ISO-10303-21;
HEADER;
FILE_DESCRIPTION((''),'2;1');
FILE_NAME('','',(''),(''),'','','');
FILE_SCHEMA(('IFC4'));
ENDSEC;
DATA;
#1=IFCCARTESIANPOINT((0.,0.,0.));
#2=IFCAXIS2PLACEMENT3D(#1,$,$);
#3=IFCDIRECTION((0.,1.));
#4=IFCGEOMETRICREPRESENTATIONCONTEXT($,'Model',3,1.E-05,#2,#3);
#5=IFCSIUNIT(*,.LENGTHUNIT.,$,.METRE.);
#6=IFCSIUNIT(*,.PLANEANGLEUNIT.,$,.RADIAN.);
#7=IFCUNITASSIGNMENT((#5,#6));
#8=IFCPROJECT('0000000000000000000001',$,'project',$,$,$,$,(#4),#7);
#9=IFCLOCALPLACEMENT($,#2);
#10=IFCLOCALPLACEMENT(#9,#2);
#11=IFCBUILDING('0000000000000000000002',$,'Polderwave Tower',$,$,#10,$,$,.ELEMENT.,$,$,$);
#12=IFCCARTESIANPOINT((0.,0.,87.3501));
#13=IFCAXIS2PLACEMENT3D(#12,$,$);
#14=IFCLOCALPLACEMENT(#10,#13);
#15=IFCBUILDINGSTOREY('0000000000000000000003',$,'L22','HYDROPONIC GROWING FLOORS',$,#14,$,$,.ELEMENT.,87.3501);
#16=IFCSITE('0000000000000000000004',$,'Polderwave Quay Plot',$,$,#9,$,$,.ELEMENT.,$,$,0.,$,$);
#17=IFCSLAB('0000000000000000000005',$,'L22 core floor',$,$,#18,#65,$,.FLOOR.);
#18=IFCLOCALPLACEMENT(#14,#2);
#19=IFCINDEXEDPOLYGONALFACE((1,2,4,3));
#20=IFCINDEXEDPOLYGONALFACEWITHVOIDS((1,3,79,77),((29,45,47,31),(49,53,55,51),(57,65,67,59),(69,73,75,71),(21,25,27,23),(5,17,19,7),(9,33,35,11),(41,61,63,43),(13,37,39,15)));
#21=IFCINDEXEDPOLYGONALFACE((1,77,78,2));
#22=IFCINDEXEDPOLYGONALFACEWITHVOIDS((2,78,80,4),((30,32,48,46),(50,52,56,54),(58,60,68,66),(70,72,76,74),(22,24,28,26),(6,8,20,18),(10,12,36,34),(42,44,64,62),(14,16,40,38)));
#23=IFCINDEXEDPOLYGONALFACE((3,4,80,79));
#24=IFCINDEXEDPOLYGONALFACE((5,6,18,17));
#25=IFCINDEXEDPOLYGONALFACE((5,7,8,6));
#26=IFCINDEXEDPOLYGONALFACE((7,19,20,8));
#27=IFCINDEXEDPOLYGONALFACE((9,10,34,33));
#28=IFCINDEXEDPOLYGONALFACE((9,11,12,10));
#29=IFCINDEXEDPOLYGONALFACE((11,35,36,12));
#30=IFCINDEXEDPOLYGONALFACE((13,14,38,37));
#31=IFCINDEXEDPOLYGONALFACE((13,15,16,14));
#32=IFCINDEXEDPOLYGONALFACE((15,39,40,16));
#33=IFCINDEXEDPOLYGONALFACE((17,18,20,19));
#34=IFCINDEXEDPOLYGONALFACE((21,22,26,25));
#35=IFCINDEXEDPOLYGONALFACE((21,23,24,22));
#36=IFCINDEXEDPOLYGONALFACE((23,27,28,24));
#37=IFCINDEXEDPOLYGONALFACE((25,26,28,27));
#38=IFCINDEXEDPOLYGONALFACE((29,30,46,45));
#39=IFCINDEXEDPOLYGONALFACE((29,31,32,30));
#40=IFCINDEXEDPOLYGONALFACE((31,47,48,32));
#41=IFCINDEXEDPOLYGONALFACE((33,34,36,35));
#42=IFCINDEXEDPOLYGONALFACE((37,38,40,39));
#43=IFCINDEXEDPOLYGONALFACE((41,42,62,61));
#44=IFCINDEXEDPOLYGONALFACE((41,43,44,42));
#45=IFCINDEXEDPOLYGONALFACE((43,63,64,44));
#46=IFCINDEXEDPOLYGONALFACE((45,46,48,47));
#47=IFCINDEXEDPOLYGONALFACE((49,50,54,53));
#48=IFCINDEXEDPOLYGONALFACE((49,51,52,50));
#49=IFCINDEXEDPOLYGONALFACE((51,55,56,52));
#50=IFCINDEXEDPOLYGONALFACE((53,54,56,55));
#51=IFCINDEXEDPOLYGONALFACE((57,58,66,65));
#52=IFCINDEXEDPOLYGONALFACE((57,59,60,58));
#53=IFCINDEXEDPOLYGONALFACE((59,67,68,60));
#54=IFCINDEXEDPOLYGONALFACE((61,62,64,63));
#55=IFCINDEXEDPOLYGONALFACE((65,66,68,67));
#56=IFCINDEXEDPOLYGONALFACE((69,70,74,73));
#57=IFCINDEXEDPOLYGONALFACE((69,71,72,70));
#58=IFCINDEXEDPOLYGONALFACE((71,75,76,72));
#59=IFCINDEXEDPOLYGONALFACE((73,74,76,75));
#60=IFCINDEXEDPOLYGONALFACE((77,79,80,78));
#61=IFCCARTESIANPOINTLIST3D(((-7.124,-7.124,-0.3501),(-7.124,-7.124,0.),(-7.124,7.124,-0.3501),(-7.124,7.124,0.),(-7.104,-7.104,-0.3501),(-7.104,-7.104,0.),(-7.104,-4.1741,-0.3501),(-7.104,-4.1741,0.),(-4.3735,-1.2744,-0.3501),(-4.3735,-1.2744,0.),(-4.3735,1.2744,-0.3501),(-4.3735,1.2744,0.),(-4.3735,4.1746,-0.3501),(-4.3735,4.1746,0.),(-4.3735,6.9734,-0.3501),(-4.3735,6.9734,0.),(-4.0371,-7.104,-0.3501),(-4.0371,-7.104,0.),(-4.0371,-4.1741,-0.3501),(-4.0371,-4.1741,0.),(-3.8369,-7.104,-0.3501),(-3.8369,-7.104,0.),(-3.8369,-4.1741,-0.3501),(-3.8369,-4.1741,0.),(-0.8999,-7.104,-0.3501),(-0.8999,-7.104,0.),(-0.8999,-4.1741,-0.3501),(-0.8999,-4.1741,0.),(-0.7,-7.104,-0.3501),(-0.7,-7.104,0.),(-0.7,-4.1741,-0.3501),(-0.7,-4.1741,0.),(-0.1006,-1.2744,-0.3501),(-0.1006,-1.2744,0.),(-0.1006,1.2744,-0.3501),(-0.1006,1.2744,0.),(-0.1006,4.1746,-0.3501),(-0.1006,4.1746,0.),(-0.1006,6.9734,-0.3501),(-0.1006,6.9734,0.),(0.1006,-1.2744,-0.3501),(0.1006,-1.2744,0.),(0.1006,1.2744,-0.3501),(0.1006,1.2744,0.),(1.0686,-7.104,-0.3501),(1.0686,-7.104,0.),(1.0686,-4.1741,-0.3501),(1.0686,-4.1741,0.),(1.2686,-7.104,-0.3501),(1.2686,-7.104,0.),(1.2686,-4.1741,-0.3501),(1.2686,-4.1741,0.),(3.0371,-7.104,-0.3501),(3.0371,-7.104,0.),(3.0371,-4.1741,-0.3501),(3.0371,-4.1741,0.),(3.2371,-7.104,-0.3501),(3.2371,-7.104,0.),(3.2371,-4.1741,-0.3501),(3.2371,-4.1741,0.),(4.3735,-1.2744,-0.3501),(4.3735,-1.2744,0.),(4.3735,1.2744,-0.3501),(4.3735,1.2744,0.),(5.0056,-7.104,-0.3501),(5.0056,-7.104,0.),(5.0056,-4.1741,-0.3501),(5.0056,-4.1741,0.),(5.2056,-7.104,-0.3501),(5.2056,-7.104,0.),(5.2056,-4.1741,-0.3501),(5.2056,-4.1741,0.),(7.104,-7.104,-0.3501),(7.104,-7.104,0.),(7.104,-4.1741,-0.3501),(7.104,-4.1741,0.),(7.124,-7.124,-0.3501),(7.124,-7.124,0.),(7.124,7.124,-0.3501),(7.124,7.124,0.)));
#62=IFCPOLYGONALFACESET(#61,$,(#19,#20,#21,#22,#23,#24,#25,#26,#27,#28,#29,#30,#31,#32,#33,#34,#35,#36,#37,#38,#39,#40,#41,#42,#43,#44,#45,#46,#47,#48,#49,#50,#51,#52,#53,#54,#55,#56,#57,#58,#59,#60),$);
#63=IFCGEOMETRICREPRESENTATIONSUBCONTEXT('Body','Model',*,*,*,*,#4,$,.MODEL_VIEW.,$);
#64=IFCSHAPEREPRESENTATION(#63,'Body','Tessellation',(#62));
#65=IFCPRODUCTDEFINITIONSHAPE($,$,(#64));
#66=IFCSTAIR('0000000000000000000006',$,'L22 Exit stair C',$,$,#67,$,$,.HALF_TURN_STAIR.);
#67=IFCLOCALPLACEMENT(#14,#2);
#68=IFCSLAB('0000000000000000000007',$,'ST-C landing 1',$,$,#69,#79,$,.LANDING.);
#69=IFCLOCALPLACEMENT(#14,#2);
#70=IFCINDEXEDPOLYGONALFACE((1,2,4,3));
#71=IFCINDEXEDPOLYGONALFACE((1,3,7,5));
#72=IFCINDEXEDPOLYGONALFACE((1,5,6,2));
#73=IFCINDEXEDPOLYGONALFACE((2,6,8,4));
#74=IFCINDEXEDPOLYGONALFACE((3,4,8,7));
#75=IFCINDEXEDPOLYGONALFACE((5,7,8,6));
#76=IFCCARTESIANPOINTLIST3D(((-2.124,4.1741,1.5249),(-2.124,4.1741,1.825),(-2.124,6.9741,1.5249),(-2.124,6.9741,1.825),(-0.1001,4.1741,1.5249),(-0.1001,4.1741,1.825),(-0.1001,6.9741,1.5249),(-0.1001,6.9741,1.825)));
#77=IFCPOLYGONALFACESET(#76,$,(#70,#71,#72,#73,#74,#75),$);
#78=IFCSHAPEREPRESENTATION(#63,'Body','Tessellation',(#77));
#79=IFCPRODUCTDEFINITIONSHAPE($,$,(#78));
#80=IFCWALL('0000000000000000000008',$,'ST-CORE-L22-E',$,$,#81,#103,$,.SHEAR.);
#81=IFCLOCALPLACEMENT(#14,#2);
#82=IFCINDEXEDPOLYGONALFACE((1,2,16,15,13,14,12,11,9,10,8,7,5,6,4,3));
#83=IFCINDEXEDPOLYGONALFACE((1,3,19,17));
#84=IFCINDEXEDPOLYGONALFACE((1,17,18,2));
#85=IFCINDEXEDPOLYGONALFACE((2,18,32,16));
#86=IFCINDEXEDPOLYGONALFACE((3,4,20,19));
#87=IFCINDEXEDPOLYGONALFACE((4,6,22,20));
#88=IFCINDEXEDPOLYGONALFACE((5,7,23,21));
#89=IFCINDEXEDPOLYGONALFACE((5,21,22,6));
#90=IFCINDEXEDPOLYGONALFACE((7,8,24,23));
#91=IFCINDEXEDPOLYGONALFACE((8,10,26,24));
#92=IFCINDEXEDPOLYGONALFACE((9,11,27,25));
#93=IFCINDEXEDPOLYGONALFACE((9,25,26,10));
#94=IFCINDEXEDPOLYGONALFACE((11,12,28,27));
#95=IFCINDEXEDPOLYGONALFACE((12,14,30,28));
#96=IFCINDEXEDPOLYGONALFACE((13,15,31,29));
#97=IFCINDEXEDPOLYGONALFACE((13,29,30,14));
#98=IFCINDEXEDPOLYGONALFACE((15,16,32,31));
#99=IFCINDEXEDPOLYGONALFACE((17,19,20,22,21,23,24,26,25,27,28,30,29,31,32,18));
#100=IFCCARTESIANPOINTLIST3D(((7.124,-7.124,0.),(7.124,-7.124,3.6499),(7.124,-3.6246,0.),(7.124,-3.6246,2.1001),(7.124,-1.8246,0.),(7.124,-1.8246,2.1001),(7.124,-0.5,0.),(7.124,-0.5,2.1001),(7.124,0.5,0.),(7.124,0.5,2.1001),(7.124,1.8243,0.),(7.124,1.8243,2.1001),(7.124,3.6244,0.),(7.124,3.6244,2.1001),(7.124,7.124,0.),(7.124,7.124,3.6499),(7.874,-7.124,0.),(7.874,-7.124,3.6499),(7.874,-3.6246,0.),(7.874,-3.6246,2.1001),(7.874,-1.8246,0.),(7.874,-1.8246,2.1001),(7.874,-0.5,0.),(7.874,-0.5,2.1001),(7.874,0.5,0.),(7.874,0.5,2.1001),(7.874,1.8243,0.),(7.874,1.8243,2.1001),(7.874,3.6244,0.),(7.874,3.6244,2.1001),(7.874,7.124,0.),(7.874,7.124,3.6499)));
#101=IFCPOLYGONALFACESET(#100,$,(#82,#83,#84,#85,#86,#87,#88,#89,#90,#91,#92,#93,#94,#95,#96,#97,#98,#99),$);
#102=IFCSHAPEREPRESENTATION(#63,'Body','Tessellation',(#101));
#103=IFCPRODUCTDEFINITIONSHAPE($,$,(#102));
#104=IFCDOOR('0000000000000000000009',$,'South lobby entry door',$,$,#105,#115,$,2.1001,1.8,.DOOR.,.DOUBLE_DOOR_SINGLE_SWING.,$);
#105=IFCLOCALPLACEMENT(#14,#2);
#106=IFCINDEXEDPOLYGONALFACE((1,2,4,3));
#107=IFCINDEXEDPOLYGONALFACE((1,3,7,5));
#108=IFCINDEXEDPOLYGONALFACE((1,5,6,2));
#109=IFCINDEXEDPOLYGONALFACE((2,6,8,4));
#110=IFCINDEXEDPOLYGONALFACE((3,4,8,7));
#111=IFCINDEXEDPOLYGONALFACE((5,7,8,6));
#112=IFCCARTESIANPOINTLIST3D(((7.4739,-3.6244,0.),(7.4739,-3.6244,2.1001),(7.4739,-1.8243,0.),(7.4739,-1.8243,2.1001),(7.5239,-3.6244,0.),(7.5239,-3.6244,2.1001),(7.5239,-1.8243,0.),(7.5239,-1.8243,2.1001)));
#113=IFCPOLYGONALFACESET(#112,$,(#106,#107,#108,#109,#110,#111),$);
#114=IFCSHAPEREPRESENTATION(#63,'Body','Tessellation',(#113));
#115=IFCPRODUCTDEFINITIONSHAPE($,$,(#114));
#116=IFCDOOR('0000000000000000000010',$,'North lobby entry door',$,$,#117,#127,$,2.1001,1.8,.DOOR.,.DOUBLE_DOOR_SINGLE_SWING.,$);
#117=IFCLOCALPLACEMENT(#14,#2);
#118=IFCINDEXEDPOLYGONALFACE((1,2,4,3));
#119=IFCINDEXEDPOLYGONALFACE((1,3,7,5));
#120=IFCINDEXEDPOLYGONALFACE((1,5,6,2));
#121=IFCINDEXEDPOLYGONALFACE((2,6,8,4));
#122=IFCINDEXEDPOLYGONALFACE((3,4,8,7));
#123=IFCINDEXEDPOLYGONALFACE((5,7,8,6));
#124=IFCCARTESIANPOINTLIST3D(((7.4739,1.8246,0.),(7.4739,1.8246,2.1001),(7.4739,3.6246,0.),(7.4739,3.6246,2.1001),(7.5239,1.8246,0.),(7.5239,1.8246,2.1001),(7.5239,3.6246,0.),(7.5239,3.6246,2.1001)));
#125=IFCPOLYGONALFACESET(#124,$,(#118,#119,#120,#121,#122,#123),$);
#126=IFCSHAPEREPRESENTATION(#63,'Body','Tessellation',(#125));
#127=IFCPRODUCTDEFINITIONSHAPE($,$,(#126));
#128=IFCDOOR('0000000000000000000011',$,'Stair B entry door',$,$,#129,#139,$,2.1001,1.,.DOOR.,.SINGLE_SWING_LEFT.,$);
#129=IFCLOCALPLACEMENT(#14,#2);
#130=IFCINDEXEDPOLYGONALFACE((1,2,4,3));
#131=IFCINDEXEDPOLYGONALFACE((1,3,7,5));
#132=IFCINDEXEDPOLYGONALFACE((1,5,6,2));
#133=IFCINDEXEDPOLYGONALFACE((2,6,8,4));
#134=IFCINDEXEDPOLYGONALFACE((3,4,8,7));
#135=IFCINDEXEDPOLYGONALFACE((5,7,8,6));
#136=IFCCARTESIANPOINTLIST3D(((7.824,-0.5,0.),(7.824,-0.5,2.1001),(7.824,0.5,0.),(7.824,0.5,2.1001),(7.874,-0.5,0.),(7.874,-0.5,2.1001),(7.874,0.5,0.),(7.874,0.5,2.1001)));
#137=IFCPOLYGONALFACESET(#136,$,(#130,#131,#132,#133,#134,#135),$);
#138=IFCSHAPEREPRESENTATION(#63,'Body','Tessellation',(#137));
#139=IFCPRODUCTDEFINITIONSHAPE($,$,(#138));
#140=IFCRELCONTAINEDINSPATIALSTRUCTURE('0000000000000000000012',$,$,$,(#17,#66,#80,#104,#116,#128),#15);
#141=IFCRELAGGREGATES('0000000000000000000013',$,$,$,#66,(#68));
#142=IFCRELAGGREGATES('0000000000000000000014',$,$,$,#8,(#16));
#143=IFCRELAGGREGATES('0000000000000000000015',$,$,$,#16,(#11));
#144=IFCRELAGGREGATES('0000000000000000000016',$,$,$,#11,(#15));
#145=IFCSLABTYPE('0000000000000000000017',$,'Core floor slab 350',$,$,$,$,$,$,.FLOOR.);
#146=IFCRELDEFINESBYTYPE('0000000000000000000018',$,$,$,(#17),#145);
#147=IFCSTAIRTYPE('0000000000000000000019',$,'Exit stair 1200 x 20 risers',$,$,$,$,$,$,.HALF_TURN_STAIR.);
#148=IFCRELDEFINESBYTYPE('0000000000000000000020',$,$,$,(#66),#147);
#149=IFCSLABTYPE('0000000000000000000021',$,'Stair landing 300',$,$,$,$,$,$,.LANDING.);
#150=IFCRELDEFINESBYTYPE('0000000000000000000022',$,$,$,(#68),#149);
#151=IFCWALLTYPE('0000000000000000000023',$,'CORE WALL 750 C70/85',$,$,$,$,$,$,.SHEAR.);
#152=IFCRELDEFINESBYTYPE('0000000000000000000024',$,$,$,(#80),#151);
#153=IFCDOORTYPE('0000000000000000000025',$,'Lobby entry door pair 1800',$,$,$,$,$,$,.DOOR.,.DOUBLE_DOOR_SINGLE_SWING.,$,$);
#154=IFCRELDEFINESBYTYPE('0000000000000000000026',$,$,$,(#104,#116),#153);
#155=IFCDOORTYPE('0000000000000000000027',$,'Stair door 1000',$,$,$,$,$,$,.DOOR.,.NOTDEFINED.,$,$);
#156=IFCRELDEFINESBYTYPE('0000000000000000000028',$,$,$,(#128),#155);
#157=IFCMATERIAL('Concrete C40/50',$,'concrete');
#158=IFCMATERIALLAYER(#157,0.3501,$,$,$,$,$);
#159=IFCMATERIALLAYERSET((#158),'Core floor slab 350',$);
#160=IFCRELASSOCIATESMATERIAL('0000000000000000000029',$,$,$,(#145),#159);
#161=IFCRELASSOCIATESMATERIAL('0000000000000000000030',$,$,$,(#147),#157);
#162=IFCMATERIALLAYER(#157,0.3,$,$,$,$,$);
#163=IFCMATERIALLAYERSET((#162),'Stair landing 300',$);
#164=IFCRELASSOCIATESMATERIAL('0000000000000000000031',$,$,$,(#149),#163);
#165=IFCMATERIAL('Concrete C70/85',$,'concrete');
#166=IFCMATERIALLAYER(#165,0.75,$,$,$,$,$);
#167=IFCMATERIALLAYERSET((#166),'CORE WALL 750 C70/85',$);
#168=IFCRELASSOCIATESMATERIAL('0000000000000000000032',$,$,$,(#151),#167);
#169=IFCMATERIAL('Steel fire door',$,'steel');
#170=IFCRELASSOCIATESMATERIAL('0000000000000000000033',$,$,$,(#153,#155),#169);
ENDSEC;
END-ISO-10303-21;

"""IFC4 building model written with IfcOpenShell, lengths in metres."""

from ifc_helpers import new_model, si_unit, direction, frame, frame_2d, origin, place, context, subcontext, project, spatial, polyline, rectangle, outline, extrude, material, layer, layer_set, type_object, element, fill, aggregate, save


model = new_model("IFC4")

# Units and contexts
model_context = context("Model", 3, precision=1e-05, world=origin(), true_north=direction((0.0, 1.0)))
body_context = subcontext(model_context, "Body", "Model", "MODEL_VIEW")
ifc_project = project(units=[si_unit("LENGTHUNIT", "METRE"), si_unit("PLANEANGLEUNIT", "RADIAN")], contexts=[model_context])

# Site, building, storey
site_placement = place(None, origin())
site = spatial("IfcSite", under=ifc_project, at=site_placement, Name="Polderwave Quay Plot", CompositionType="ELEMENT", RefElevation=0.0)
building_placement = place(site_placement, origin())
building = spatial("IfcBuilding", under=site, at=building_placement, Name="Polderwave Tower", CompositionType="ELEMENT")
storey_placement = place(building_placement, frame((0.0, 0.0, 87.3501)))
storey = spatial("IfcBuildingStorey", under=building, at=storey_placement, Name="L22", Description="HYDROPONIC GROWING FLOORS", CompositionType="ELEMENT", Elevation=87.3501)

# Slab
ifc_material_1 = material(Name="Concrete C40/50", Category="concrete")
ifc_layer_1 = layer(ifc_material_1, 0.3501)
ifc_layer_set_1 = layer_set([ifc_layer_1], Name="Core floor slab 350")
slab_type_1 = type_object("IfcSlabType", Name="Core floor slab 350", PredefinedType="FLOOR", material=ifc_layer_set_1)
slab_1_placement = place(storey_placement, frame((0.0, 0.0, -0.3501)))
element("IfcSlab", 1, at=slab_1_placement, inside=storey, type_object=slab_type_1, Name="L22 core floor", PredefinedType="FLOOR", context=body_context, shape_type="SweptSolid", body=[
    extrude(outline(polyline([(-7.124, -7.124), (7.124, -7.124), (7.124, 7.124), (-7.124, 7.124), (-7.124, -7.124)]), holes=[polyline([(-7.104, -7.104), (-4.0371, -7.104), (-4.0371, -4.1741), (-7.104, -4.1741), (-7.104, -7.104)]), polyline([(-3.8369, -7.104), (-0.8999, -7.104), (-0.8999, -4.1741), (-3.8369, -4.1741), (-3.8369, -7.104)]), polyline([(-0.7, -7.104), (1.0686, -7.104), (1.0686, -4.1741), (-0.7, -4.1741), (-0.7, -7.104)]), polyline([(1.2686, -7.104), (3.0371, -7.104), (3.0371, -4.1741), (1.2686, -4.1741), (1.2686, -7.104)]), polyline([(3.2371, -7.104), (5.0056, -7.104), (5.0056, -4.1741), (3.2371, -4.1741), (3.2371, -7.104)]), polyline([(5.2056, -7.104), (7.104, -7.104), (7.104, -4.1741), (5.2056, -4.1741), (5.2056, -7.104)]), polyline([(-4.3735, -1.2744), (-0.1006, -1.2744), (-0.1006, 1.2744), (-4.3735, 1.2744), (-4.3735, -1.2744)]), polyline([(0.1006, -1.2744), (4.3735, -1.2744), (4.3735, 1.2744), (0.1006, 1.2744), (0.1006, -1.2744)]), polyline([(-4.3735, 4.1746), (-0.1006, 4.1746), (-0.1006, 6.9734), (-4.3735, 6.9734), (-4.3735, 4.1746)])]), origin(), (0.0, 0.0, 1.0), 0.3501),
])

# Stair, slab
stair_type = type_object("IfcStairType", Name="Exit stair 1200 x 20 risers", PredefinedType="HALF_TURN_STAIR", material=ifc_material_1)
stair_1_placement = place(storey_placement, origin())
stair_1 = element("IfcStair", 2, at=stair_1_placement, inside=storey, type_object=stair_type, Name="L22 Exit stair C", PredefinedType="HALF_TURN_STAIR")
ifc_layer_2 = layer(ifc_material_1, 0.3)
ifc_layer_set_2 = layer_set([ifc_layer_2], Name="Stair landing 300")
slab_type_2 = type_object("IfcSlabType", Name="Stair landing 300", PredefinedType="LANDING", material=ifc_layer_set_2)
slab_2_placement = place(storey_placement, frame((0.0, 0.0, 1.5249)))
slab_2 = element("IfcSlab", 3, at=slab_2_placement, type_object=slab_type_2, Name="ST-C landing 1", PredefinedType="LANDING", context=body_context, shape_type="SweptSolid", body=[
    extrude(outline(polyline([(-2.124, 4.1741), (-0.1001, 4.1741), (-0.1001, 6.9741), (-2.124, 6.9741), (-2.124, 4.1741)])), origin(), (0.0, 0.0, 1.0), 0.3),
])
aggregate(stair_1, [slab_2])

# Wall, openings, doors
ifc_material_2 = material(Name="Concrete C70/85", Category="concrete")
ifc_layer_3 = layer(ifc_material_2, 0.75)
ifc_layer_set_3 = layer_set([ifc_layer_3], Name="CORE WALL 750 C70/85")
wall_type_1 = type_object("IfcWallType", Name="CORE WALL 750 C70/85", PredefinedType="SHEAR", material=ifc_layer_set_3)
wall_1_placement = place(storey_placement, frame((7.499, -7.124, 0.0), z_axis=(0.0, 0.0, 1.0), x_axis=(0.0, 1.0, 0.0)))
wall_1 = element("IfcWall", 4, at=wall_1_placement, inside=storey, type_object=wall_type_1, Name="ST-CORE-L22-E", PredefinedType="SHEAR", context=body_context, shape_type="SweptSolid", body=[
    extrude(rectangle(XDim=14.248, YDim=0.75, at=frame_2d((7.124, 0.0))), origin(), (0.0, 0.0, 1.0), 3.6499),
])
opening_1_placement = place(wall_1_placement, frame((6.624, 0.0, 0.0)))
opening_1 = element("IfcOpeningElement", 5, at=opening_1_placement, cuts=wall_1, PredefinedType="OPENING", context=body_context, shape_type="SweptSolid", body=[
    extrude(rectangle(XDim=1.0, YDim=2.1001, at=frame_2d((0.5, 1.05))), frame((0.0, 0.385, 0.0), z_axis=(0.0, -1.0, 0.0), x_axis=(1.0, 0.0, 0.0)), (0.0, 0.0, 1.0), 0.77),
])
opening_2_placement = place(wall_1_placement, frame((3.4995, 0.0, 0.0)))
opening_2 = element("IfcOpeningElement", 6, at=opening_2_placement, cuts=wall_1, PredefinedType="OPENING", context=body_context, shape_type="SweptSolid", body=[
    extrude(rectangle(XDim=1.8, YDim=2.1001, at=frame_2d((0.8999, 1.05))), frame((0.0, 0.385, 0.0), z_axis=(0.0, -1.0, 0.0), x_axis=(1.0, 0.0, 0.0)), (0.0, 0.0, 1.0), 0.77),
])
opening_3_placement = place(wall_1_placement, frame((8.9485, 0.0, 0.0)))
opening_3 = element("IfcOpeningElement", 7, at=opening_3_placement, cuts=wall_1, PredefinedType="OPENING", context=body_context, shape_type="SweptSolid", body=[
    extrude(rectangle(XDim=1.8, YDim=2.1001, at=frame_2d((0.8999, 1.05))), frame((0.0, 0.385, 0.0), z_axis=(0.0, -1.0, 0.0), x_axis=(1.0, 0.0, 0.0)), (0.0, 0.0, 1.0), 0.77),
])
ifc_material_3 = material(Name="Steel fire door", Category="steel")
door_type_1 = type_object("IfcDoorType", Name="Lobby entry door pair 1800", OperationType="DOUBLE_DOOR_SINGLE_SWING", PredefinedType="DOOR", material=ifc_material_3)
door_1_placement = place(opening_2_placement, frame((1.8, 0.0, 0.0), z_axis=(0.0, 0.0, 1.0), x_axis=(-1.0, 0.0, 0.0)))
door_1 = element("IfcDoor", 8, at=door_1_placement, inside=storey, type_object=door_type_1, Name="South lobby entry door", OperationType="DOUBLE_DOOR_SINGLE_SWING", OverallHeight=2.1001, OverallWidth=1.8, PredefinedType="DOOR", context=body_context, shape_type="SweptSolid", body=[
    extrude(rectangle(XDim=1.8, YDim=2.1001, at=frame_2d((0.8999, 1.05))), frame((0.0, 0.0249, 0.0), z_axis=(0.0, -1.0, 0.0), x_axis=(1.0, 0.0, 0.0)), (0.0, 0.0, 1.0), 0.05),
])
fill(opening_2, door_1)
door_2_placement = place(opening_3_placement, frame((1.8, 0.0, 0.0), z_axis=(0.0, 0.0, 1.0), x_axis=(-1.0, 0.0, 0.0)))
door_2 = element("IfcDoor", 9, at=door_2_placement, inside=storey, type_object=door_type_1, Name="North lobby entry door", OperationType="DOUBLE_DOOR_SINGLE_SWING", OverallHeight=2.1001, OverallWidth=1.8, PredefinedType="DOOR", context=body_context, shape_type="SweptSolid", body=[
    extrude(rectangle(XDim=1.8, YDim=2.1001, at=frame_2d((0.8999, 1.05))), frame((0.0, 0.0249, 0.0), z_axis=(0.0, -1.0, 0.0), x_axis=(1.0, 0.0, 0.0)), (0.0, 0.0, 1.0), 0.05),
])
fill(opening_3, door_2)
door_type_2 = type_object("IfcDoorType", Name="Stair door 1000", OperationType="NOTDEFINED", PredefinedType="DOOR", material=ifc_material_3)
door_3_placement = place(opening_1_placement, frame((1.0, 0.0, 0.0), z_axis=(0.0, 0.0, 1.0), x_axis=(-1.0, 0.0, 0.0)))
door_3 = element("IfcDoor", 10, at=door_3_placement, inside=storey, type_object=door_type_2, Name="Stair B entry door", OperationType="SINGLE_SWING_LEFT", OverallHeight=2.1001, OverallWidth=1.0, PredefinedType="DOOR", context=body_context, shape_type="SweptSolid", body=[
    extrude(rectangle(XDim=1.0, YDim=2.1001, at=frame_2d((0.5, 1.05))), frame((0.0, 0.375, 0.0), z_axis=(0.0, -1.0, 0.0), x_axis=(1.0, 0.0, 0.0)), (0.0, 0.0, 1.0), 0.05),
])
fill(opening_1, door_3)

save(model, "model.ifc")
